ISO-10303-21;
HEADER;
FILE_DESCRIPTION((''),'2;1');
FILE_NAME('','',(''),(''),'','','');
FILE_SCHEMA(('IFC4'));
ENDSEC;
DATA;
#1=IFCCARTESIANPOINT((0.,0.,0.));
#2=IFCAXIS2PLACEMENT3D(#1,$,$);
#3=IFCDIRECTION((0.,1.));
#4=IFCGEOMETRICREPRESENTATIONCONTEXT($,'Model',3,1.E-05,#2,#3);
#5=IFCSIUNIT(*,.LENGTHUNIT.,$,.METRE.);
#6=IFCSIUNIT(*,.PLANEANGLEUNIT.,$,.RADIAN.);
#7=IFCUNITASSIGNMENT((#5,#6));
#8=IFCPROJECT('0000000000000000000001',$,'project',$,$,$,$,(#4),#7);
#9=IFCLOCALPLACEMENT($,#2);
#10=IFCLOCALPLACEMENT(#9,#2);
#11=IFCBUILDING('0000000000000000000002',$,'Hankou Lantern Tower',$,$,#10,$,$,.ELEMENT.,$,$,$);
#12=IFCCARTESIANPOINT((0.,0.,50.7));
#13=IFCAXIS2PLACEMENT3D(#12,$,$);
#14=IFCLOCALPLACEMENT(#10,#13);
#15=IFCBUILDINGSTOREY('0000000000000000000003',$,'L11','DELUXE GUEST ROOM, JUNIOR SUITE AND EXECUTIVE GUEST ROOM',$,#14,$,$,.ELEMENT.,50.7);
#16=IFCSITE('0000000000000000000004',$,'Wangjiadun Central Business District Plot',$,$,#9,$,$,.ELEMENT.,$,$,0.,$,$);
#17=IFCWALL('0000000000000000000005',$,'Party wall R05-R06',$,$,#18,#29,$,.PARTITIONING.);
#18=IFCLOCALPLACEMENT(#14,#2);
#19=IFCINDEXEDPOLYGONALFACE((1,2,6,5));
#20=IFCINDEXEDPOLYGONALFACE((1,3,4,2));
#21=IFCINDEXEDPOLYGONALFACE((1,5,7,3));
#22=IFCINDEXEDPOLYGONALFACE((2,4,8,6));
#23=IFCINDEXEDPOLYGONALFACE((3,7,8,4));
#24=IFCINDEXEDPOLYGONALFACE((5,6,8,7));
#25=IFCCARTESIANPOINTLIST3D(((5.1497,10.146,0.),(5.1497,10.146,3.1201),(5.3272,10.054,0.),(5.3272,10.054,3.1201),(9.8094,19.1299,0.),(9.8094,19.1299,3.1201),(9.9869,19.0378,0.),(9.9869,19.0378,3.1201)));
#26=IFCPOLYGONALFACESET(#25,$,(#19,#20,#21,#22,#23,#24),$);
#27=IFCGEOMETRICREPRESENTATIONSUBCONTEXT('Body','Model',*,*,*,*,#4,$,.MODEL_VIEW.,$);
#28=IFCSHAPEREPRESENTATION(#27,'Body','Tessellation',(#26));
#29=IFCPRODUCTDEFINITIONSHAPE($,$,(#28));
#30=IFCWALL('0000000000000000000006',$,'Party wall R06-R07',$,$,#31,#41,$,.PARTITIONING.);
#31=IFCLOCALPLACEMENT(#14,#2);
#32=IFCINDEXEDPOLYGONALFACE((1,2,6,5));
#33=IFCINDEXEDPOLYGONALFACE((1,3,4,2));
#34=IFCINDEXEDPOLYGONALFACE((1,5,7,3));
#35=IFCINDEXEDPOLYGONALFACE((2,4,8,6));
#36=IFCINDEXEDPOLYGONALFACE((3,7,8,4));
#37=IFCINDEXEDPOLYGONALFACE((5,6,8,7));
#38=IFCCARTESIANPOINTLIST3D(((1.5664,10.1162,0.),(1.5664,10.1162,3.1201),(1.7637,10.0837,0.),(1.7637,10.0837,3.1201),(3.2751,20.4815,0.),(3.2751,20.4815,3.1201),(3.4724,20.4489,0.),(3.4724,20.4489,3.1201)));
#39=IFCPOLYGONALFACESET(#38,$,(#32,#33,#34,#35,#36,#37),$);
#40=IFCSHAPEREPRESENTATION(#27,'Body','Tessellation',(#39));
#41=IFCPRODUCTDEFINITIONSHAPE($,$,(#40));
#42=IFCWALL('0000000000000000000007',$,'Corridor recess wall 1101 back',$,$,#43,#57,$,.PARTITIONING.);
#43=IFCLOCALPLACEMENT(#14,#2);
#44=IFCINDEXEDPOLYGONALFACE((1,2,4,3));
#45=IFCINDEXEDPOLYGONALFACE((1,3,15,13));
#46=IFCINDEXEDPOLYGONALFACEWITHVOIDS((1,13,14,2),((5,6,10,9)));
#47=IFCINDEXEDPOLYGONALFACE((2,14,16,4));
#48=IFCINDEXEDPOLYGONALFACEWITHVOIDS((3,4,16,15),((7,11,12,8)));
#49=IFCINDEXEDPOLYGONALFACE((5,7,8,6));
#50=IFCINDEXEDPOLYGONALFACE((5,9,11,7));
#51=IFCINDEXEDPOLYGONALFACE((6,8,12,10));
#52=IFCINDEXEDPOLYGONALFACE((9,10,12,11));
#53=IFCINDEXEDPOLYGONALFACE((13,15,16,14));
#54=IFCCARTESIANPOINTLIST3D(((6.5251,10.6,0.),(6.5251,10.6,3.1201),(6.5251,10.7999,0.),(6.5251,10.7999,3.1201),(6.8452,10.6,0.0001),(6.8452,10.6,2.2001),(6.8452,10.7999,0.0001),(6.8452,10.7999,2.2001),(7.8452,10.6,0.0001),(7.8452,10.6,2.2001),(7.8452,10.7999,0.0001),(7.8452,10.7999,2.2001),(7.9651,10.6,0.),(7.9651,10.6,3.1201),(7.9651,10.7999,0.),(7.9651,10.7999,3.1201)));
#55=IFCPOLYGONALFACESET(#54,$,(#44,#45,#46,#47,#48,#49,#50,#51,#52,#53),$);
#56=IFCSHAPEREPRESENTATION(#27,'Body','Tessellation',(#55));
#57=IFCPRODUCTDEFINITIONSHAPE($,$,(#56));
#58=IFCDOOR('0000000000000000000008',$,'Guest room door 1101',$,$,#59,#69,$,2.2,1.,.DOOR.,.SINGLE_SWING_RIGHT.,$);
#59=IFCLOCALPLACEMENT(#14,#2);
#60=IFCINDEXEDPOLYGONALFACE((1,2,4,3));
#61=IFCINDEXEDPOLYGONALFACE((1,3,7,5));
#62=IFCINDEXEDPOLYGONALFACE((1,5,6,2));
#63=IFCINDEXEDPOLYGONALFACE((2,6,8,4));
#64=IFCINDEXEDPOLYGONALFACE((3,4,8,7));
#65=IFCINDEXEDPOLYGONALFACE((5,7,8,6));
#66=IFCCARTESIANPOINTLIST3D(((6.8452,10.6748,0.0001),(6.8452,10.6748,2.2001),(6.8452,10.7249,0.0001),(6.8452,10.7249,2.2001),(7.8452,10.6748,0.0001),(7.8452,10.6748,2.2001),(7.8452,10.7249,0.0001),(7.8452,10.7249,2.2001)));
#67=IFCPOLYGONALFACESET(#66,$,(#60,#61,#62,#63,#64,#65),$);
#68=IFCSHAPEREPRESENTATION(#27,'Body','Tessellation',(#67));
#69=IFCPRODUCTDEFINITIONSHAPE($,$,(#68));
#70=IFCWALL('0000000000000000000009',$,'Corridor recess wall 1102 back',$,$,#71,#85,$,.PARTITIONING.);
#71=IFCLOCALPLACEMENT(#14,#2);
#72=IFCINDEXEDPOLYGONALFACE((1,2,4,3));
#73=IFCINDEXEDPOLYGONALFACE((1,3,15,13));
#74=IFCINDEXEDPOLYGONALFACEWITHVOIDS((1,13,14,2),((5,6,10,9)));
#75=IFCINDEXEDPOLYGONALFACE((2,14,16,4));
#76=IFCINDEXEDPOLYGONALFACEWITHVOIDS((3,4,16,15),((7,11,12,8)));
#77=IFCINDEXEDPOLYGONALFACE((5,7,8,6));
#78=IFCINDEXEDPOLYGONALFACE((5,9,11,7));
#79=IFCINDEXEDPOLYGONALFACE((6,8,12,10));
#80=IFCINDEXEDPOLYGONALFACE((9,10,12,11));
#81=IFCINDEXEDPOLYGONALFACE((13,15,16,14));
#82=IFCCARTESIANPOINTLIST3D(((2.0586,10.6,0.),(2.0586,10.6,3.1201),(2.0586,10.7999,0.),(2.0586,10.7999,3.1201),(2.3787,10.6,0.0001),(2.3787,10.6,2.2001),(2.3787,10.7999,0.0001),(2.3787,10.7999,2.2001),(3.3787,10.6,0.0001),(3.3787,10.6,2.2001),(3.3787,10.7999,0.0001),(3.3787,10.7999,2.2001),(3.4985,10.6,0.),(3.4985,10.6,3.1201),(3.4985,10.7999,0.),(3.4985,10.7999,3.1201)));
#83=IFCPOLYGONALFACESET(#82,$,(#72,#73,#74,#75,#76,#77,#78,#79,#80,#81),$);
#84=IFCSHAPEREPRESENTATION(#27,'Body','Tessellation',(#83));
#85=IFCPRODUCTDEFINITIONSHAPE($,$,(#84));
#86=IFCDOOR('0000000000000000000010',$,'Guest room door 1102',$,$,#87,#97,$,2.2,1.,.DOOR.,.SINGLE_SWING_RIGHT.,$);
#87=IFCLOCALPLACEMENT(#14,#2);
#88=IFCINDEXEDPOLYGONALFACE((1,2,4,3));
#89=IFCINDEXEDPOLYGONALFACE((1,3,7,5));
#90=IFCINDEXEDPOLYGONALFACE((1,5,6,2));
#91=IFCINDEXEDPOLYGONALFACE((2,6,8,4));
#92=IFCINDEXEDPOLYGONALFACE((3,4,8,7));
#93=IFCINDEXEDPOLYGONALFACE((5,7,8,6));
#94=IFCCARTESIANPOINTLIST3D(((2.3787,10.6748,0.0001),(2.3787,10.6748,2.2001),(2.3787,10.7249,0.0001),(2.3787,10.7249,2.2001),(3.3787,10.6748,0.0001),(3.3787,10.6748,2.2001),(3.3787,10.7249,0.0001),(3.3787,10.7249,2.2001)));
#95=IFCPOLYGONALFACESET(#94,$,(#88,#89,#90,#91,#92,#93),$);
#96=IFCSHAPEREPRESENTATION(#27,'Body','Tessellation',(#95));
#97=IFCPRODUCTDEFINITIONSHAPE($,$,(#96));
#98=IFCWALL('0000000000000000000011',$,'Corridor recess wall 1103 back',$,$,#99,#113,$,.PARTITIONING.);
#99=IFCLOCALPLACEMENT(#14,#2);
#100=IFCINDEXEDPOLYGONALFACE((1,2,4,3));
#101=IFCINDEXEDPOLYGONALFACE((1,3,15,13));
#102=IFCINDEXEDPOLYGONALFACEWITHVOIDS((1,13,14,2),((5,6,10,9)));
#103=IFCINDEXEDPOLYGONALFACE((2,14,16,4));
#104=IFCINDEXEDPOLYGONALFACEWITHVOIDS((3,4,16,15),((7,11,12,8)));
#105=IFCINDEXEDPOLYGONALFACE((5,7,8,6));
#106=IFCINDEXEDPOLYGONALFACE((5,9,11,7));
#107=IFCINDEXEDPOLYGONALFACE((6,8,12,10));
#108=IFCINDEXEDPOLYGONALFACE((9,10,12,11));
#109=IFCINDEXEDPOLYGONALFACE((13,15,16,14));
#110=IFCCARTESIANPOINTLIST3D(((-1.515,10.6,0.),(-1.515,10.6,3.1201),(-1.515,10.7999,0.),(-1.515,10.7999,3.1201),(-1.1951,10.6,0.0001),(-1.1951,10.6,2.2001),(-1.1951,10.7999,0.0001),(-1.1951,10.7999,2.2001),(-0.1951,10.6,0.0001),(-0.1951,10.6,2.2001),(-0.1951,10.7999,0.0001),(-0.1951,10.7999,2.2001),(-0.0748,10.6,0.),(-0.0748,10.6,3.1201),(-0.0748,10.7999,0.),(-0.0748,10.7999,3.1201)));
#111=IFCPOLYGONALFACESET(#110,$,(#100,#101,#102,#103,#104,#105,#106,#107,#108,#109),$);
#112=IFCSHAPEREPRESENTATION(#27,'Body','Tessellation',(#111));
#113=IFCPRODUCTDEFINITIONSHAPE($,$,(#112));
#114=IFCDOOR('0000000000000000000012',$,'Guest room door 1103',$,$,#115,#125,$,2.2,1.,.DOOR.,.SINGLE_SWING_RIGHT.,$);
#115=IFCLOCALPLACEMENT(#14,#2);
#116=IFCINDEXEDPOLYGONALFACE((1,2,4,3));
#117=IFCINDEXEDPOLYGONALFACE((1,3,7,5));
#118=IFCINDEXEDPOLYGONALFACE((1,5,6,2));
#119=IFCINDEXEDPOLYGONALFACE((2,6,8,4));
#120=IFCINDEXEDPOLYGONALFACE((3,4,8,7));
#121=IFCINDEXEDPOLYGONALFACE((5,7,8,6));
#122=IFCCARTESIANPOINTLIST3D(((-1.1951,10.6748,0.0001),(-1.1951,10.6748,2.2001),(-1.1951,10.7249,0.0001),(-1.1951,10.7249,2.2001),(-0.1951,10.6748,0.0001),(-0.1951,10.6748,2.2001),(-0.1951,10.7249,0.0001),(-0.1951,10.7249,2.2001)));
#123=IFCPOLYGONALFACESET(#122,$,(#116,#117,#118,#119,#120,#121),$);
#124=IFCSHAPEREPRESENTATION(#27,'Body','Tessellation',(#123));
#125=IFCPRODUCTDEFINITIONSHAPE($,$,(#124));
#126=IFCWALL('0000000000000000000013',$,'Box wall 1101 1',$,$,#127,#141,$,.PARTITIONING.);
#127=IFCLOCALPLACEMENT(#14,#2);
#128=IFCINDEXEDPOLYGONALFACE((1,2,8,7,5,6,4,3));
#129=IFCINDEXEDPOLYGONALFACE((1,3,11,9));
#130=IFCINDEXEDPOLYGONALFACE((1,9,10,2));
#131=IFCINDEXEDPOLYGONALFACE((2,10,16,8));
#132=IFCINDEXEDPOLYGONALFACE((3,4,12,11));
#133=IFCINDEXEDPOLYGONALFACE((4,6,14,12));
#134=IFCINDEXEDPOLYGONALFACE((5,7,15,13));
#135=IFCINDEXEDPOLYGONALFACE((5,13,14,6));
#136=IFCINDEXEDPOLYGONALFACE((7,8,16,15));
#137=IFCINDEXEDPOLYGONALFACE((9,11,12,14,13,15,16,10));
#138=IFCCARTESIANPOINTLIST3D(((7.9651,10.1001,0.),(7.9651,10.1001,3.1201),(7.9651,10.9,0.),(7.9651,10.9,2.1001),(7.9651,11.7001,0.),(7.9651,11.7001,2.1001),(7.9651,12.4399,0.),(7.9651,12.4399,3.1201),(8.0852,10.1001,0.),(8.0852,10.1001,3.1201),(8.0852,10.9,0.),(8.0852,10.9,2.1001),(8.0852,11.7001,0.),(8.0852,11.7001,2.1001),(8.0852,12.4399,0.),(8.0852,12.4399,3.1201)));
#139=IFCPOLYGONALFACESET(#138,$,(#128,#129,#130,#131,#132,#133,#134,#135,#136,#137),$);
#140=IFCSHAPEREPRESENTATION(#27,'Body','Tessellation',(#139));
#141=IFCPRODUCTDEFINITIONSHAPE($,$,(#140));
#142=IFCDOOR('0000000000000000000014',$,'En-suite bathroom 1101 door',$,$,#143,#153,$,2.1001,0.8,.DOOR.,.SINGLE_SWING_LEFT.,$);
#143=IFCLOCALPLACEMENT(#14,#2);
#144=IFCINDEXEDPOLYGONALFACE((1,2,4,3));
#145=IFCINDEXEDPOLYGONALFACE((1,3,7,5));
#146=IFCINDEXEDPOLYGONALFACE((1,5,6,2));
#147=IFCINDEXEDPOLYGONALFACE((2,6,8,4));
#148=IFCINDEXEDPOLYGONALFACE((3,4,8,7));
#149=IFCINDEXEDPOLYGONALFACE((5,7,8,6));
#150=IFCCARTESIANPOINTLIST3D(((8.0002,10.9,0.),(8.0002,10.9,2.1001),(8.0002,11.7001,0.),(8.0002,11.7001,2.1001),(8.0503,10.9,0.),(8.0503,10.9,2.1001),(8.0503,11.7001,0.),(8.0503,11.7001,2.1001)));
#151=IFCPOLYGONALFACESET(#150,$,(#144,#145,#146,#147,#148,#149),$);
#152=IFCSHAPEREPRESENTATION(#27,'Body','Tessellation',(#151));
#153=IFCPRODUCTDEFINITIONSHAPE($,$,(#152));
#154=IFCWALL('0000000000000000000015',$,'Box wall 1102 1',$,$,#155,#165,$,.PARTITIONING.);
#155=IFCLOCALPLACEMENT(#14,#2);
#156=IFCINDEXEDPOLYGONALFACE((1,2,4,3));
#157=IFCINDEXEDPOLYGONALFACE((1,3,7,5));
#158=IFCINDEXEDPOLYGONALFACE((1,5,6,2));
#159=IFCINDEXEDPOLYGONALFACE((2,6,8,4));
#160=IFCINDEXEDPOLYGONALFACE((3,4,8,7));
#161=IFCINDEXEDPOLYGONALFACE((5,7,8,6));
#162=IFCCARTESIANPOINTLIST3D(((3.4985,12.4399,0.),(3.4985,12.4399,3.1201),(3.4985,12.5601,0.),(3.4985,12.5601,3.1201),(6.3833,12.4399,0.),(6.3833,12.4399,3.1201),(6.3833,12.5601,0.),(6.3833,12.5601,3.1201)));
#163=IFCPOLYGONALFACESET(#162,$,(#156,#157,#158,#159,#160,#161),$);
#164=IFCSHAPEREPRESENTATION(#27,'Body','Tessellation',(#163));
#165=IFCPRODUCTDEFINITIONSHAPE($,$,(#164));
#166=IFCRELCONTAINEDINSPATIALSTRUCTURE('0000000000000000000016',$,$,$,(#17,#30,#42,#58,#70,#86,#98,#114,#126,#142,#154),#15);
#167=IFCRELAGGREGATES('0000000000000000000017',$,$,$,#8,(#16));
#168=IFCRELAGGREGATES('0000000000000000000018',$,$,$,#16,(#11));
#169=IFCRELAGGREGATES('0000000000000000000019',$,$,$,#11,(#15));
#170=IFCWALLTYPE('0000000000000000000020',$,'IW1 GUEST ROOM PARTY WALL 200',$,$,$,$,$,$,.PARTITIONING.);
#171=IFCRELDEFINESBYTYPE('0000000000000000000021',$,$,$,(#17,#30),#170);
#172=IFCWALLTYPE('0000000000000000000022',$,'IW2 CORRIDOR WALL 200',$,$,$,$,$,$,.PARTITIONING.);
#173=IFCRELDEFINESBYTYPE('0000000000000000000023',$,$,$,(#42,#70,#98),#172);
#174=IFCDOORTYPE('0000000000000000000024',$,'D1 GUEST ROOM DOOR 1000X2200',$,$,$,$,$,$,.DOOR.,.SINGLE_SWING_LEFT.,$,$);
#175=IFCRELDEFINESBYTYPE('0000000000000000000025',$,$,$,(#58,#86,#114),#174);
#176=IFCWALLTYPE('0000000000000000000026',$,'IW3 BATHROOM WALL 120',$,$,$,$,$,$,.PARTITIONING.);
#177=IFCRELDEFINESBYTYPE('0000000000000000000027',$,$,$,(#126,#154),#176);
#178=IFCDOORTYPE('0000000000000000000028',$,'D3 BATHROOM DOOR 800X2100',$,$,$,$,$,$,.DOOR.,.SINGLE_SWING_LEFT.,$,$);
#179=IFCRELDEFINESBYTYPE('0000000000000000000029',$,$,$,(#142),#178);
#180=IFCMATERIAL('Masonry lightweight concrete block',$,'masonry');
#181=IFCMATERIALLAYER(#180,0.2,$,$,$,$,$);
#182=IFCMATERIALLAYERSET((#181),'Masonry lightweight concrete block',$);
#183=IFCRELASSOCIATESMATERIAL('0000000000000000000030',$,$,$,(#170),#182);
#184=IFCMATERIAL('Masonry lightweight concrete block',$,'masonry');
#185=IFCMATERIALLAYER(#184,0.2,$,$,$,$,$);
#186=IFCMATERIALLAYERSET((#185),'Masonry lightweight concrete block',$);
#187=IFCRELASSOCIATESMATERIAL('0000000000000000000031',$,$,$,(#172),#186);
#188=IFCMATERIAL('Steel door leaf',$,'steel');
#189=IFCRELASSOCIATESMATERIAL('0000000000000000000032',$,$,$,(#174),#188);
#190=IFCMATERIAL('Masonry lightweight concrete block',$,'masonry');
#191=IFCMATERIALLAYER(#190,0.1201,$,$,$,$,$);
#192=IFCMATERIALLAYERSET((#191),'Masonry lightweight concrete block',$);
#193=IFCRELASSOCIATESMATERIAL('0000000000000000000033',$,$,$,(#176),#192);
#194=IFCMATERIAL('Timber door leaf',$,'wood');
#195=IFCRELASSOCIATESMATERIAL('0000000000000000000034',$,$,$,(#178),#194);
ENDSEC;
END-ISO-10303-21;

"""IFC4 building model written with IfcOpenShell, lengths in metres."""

from ifc_helpers import new_model, si_unit, direction, frame, frame_2d, origin, place, context, subcontext, project, spatial, rectangle, extrude, material, layer, layer_set, type_object, element, fill, save


model = new_model("IFC4")

# Units and contexts
model_context = context("Model", 3, precision=1e-05, world=origin(), true_north=direction((0.0, 1.0)))
body_context = subcontext(model_context, "Body", "Model", "MODEL_VIEW")
ifc_project = project(units=[si_unit("LENGTHUNIT", "METRE"), si_unit("PLANEANGLEUNIT", "RADIAN")], contexts=[model_context])

# Site, building, storey
site_placement = place(None, origin())
site = spatial("IfcSite", under=ifc_project, at=site_placement, Name="Wangjiadun Central Business District Plot", CompositionType="ELEMENT", RefElevation=0.0)
building_placement = place(site_placement, origin())
building = spatial("IfcBuilding", under=site, at=building_placement, Name="Hankou Lantern Tower", CompositionType="ELEMENT")
storey_placement = place(building_placement, frame((0.0, 0.0, 50.7)))
storey = spatial("IfcBuildingStorey", under=building, at=storey_placement, Name="L11", Description="DELUXE GUEST ROOM, JUNIOR SUITE AND EXECUTIVE GUEST ROOM", CompositionType="ELEMENT", Elevation=50.7)

# Walls
ifc_material_1 = material(Name="Masonry lightweight concrete block", Category="masonry")
ifc_layer_1 = layer(ifc_material_1, 0.2)
ifc_layer_set_1 = layer_set([ifc_layer_1], Name="Masonry lightweight concrete block")
wall_type_1 = type_object("IfcWallType", Name="IW1 GUEST ROOM PARTY WALL 200", PredefinedType="PARTITIONING", material=ifc_layer_set_1)
wall_1_placement = place(storey_placement, frame((5.2385, 10.1001, 0.0), z_axis=(0.0, 0.0, 1.0), x_axis=(0.460423, 0.8877, 0.0)))
element("IfcWall", 1, at=wall_1_placement, inside=storey, type_object=wall_type_1, Name="Party wall R05-R06", PredefinedType="PARTITIONING", context=body_context, shape_type="SweptSolid", body=[
    extrude(rectangle(XDim=10.1204, YDim=0.2, at=frame_2d((5.0601, 0.0))), origin(), (0.0, 0.0, 1.0), 3.1201),
])
wall_2_placement = place(storey_placement, frame((1.665, 10.1001, 0.0), z_axis=(0.0, 0.0, 1.0), x_axis=(0.162658, 0.986683, 0.0)))
element("IfcWall", 2, at=wall_2_placement, inside=storey, type_object=wall_type_1, Name="Party wall R06-R07", PredefinedType="PARTITIONING", context=body_context, shape_type="SweptSolid", body=[
    extrude(rectangle(XDim=10.5051, YDim=0.2, at=frame_2d((5.2524, 0.0))), origin(), (0.0, 0.0, 1.0), 3.1201),
])

# Walls, openings, doors
ifc_material_2 = material(Name="Masonry lightweight concrete block", Category="masonry")
ifc_layer_2 = layer(ifc_material_2, 0.2)
ifc_layer_set_2 = layer_set([ifc_layer_2], Name="Masonry lightweight concrete block")
wall_type_2 = type_object("IfcWallType", Name="IW2 CORRIDOR WALL 200", PredefinedType="PARTITIONING", material=ifc_layer_set_2)
wall_3_placement = place(storey_placement, frame((6.5251, 10.7, 0.0), z_axis=(0.0, 0.0, 1.0), x_axis=(1.0, 0.0, 0.0)))
wall_3 = element("IfcWall", 3, at=wall_3_placement, inside=storey, type_object=wall_type_2, Name="Corridor recess wall 1101 back", PredefinedType="PARTITIONING", context=body_context, shape_type="SweptSolid", body=[
    extrude(rectangle(XDim=1.4399, YDim=0.2, at=frame_2d((0.72, 0.0))), origin(), (0.0, 0.0, 1.0), 3.1201),
])
opening_1_placement = place(wall_3_placement, frame((0.3201, 0.0, 0.0)))
opening_1 = element("IfcOpeningElement", 4, at=opening_1_placement, cuts=wall_3, PredefinedType="OPENING", context=body_context, shape_type="SweptSolid", body=[
    extrude(rectangle(XDim=1.0, YDim=2.2, at=frame_2d((0.5, 1.1001))), frame((0.0, 0.1099, 0.0), z_axis=(0.0, -1.0, 0.0), x_axis=(1.0, 0.0, 0.0)), (0.0, 0.0, 1.0), 0.22),
])
ifc_material_3 = material(Name="Steel door leaf", Category="steel")
door_type_1 = type_object("IfcDoorType", Name="D1 GUEST ROOM DOOR 1000X2200", OperationType="SINGLE_SWING_LEFT", PredefinedType="DOOR", material=ifc_material_3)
door_1_placement = place(opening_1_placement, origin())
door_1 = element("IfcDoor", 5, at=door_1_placement, inside=storey, type_object=door_type_1, Name="Guest room door 1101", OperationType="SINGLE_SWING_RIGHT", OverallHeight=2.2, OverallWidth=1.0, PredefinedType="DOOR", context=body_context, shape_type="SweptSolid", body=[
    extrude(rectangle(XDim=1.0, YDim=2.2, at=frame_2d((0.5, 1.1001))), frame((0.0, 0.0249, 0.0), z_axis=(0.0, -1.0, 0.0), x_axis=(1.0, 0.0, 0.0)), (0.0, 0.0, 1.0), 0.05),
])
fill(opening_1, door_1)
wall_4_placement = place(storey_placement, frame((2.0586, 10.7, 0.0), z_axis=(0.0, 0.0, 1.0), x_axis=(1.0, 0.0, 0.0)))
wall_4 = element("IfcWall", 6, at=wall_4_placement, inside=storey, type_object=wall_type_2, Name="Corridor recess wall 1102 back", PredefinedType="PARTITIONING", context=body_context, shape_type="SweptSolid", body=[
    extrude(rectangle(XDim=1.4399, YDim=0.2, at=frame_2d((0.72, 0.0))), origin(), (0.0, 0.0, 1.0), 3.1201),
])
opening_2_placement = place(wall_4_placement, frame((0.3201, 0.0, 0.0)))
opening_2 = element("IfcOpeningElement", 7, at=opening_2_placement, cuts=wall_4, PredefinedType="OPENING", context=body_context, shape_type="SweptSolid", body=[
    extrude(rectangle(XDim=1.0, YDim=2.2, at=frame_2d((0.5, 1.1001))), frame((0.0, 0.1099, 0.0), z_axis=(0.0, -1.0, 0.0), x_axis=(1.0, 0.0, 0.0)), (0.0, 0.0, 1.0), 0.22),
])
door_2_placement = place(opening_2_placement, origin())
door_2 = element("IfcDoor", 8, at=door_2_placement, inside=storey, type_object=door_type_1, Name="Guest room door 1102", OperationType="SINGLE_SWING_RIGHT", OverallHeight=2.2, OverallWidth=1.0, PredefinedType="DOOR", context=body_context, shape_type="SweptSolid", body=[
    extrude(rectangle(XDim=1.0, YDim=2.2, at=frame_2d((0.5, 1.1001))), frame((0.0, 0.0249, 0.0), z_axis=(0.0, -1.0, 0.0), x_axis=(1.0, 0.0, 0.0)), (0.0, 0.0, 1.0), 0.05),
])
fill(opening_2, door_2)
wall_5_placement = place(storey_placement, frame((-1.5151, 10.7, 0.0), z_axis=(0.0, 0.0, 1.0), x_axis=(1.0, 0.0, 0.0)))
wall_5 = element("IfcWall", 9, at=wall_5_placement, inside=storey, type_object=wall_type_2, Name="Corridor recess wall 1103 back", PredefinedType="PARTITIONING", context=body_context, shape_type="SweptSolid", body=[
    extrude(rectangle(XDim=1.4402, YDim=0.2, at=frame_2d((0.7202, 0.0))), origin(), (0.0, 0.0, 1.0), 3.1201),
])
opening_3_placement = place(wall_5_placement, frame((0.3201, 0.0, 0.0)))
opening_3 = element("IfcOpeningElement", 10, at=opening_3_placement, cuts=wall_5, PredefinedType="OPENING", context=body_context, shape_type="SweptSolid", body=[
    extrude(rectangle(XDim=1.0, YDim=2.2, at=frame_2d((0.5, 1.1001))), frame((0.0, 0.1099, 0.0), z_axis=(0.0, -1.0, 0.0), x_axis=(1.0, 0.0, 0.0)), (0.0, 0.0, 1.0), 0.22),
])
door_3_placement = place(opening_3_placement, origin())
door_3 = element("IfcDoor", 11, at=door_3_placement, inside=storey, type_object=door_type_1, Name="Guest room door 1103", OperationType="SINGLE_SWING_RIGHT", OverallHeight=2.2, OverallWidth=1.0, PredefinedType="DOOR", context=body_context, shape_type="SweptSolid", body=[
    extrude(rectangle(XDim=1.0, YDim=2.2, at=frame_2d((0.5, 1.1001))), frame((0.0, 0.0249, 0.0), z_axis=(0.0, -1.0, 0.0), x_axis=(1.0, 0.0, 0.0)), (0.0, 0.0, 1.0), 0.05),
])
fill(opening_3, door_3)
ifc_material_4 = material(Name="Masonry lightweight concrete block", Category="masonry")
ifc_layer_3 = layer(ifc_material_4, 0.1201)
ifc_layer_set_3 = layer_set([ifc_layer_3], Name="Masonry lightweight concrete block")
wall_type_3 = type_object("IfcWallType", Name="IW3 BATHROOM WALL 120", PredefinedType="PARTITIONING", material=ifc_layer_set_3)
wall_6_placement = place(storey_placement, frame((8.0251, 10.1001, 0.0), z_axis=(0.0, 0.0, 1.0), x_axis=(0.0, 1.0, 0.0)))
wall_6 = element("IfcWall", 12, at=wall_6_placement, inside=storey, type_object=wall_type_3, Name="Box wall 1101 1", PredefinedType="PARTITIONING", context=body_context, shape_type="SweptSolid", body=[
    extrude(rectangle(XDim=2.3398, YDim=0.1201, at=frame_2d((1.1699, 0.0))), origin(), (0.0, 0.0, 1.0), 3.1201),
])
opening_4_placement = place(wall_6_placement, frame((0.8, 0.0, 0.0)))
opening_4 = element("IfcOpeningElement", 13, at=opening_4_placement, cuts=wall_6, PredefinedType="OPENING", context=body_context, shape_type="SweptSolid", body=[
    extrude(rectangle(XDim=0.8, YDim=2.1001, at=frame_2d((0.3999, 1.05))), frame((0.0, 0.0701, 0.0), z_axis=(0.0, -1.0, 0.0), x_axis=(1.0, 0.0, 0.0)), (0.0, 0.0, 1.0), 0.1401),
])
ifc_material_5 = material(Name="Timber door leaf", Category="wood")
door_type_2 = type_object("IfcDoorType", Name="D3 BATHROOM DOOR 800X2100", OperationType="SINGLE_SWING_LEFT", PredefinedType="DOOR", material=ifc_material_5)
door_4_placement = place(opening_4_placement, origin())
door_4 = element("IfcDoor", 14, at=door_4_placement, inside=storey, type_object=door_type_2, Name="En-suite bathroom 1101 door", OperationType="SINGLE_SWING_LEFT", OverallHeight=2.1001, OverallWidth=0.8, PredefinedType="DOOR", context=body_context, shape_type="SweptSolid", body=[
    extrude(rectangle(XDim=0.8, YDim=2.1001, at=frame_2d((0.3999, 1.05))), frame((0.0, 0.0249, 0.0), z_axis=(0.0, -1.0, 0.0), x_axis=(1.0, 0.0, 0.0)), (0.0, 0.0, 1.0), 0.05),
])
fill(opening_4, door_4)

# Wall
wall_7_placement = place(storey_placement, frame((6.3833, 12.5, 0.0), z_axis=(0.0, 0.0, 1.0), x_axis=(-1.0, 0.0, 0.0)))
element("IfcWall", 15, at=wall_7_placement, inside=storey, type_object=wall_type_3, Name="Box wall 1102 1", PredefinedType="PARTITIONING", context=body_context, shape_type="SweptSolid", body=[
    extrude(rectangle(XDim=2.8848, YDim=0.1201, at=frame_2d((1.4424, 0.0))), origin(), (0.0, 0.0, 1.0), 3.1201),
])

save(model, "model.ifc")
